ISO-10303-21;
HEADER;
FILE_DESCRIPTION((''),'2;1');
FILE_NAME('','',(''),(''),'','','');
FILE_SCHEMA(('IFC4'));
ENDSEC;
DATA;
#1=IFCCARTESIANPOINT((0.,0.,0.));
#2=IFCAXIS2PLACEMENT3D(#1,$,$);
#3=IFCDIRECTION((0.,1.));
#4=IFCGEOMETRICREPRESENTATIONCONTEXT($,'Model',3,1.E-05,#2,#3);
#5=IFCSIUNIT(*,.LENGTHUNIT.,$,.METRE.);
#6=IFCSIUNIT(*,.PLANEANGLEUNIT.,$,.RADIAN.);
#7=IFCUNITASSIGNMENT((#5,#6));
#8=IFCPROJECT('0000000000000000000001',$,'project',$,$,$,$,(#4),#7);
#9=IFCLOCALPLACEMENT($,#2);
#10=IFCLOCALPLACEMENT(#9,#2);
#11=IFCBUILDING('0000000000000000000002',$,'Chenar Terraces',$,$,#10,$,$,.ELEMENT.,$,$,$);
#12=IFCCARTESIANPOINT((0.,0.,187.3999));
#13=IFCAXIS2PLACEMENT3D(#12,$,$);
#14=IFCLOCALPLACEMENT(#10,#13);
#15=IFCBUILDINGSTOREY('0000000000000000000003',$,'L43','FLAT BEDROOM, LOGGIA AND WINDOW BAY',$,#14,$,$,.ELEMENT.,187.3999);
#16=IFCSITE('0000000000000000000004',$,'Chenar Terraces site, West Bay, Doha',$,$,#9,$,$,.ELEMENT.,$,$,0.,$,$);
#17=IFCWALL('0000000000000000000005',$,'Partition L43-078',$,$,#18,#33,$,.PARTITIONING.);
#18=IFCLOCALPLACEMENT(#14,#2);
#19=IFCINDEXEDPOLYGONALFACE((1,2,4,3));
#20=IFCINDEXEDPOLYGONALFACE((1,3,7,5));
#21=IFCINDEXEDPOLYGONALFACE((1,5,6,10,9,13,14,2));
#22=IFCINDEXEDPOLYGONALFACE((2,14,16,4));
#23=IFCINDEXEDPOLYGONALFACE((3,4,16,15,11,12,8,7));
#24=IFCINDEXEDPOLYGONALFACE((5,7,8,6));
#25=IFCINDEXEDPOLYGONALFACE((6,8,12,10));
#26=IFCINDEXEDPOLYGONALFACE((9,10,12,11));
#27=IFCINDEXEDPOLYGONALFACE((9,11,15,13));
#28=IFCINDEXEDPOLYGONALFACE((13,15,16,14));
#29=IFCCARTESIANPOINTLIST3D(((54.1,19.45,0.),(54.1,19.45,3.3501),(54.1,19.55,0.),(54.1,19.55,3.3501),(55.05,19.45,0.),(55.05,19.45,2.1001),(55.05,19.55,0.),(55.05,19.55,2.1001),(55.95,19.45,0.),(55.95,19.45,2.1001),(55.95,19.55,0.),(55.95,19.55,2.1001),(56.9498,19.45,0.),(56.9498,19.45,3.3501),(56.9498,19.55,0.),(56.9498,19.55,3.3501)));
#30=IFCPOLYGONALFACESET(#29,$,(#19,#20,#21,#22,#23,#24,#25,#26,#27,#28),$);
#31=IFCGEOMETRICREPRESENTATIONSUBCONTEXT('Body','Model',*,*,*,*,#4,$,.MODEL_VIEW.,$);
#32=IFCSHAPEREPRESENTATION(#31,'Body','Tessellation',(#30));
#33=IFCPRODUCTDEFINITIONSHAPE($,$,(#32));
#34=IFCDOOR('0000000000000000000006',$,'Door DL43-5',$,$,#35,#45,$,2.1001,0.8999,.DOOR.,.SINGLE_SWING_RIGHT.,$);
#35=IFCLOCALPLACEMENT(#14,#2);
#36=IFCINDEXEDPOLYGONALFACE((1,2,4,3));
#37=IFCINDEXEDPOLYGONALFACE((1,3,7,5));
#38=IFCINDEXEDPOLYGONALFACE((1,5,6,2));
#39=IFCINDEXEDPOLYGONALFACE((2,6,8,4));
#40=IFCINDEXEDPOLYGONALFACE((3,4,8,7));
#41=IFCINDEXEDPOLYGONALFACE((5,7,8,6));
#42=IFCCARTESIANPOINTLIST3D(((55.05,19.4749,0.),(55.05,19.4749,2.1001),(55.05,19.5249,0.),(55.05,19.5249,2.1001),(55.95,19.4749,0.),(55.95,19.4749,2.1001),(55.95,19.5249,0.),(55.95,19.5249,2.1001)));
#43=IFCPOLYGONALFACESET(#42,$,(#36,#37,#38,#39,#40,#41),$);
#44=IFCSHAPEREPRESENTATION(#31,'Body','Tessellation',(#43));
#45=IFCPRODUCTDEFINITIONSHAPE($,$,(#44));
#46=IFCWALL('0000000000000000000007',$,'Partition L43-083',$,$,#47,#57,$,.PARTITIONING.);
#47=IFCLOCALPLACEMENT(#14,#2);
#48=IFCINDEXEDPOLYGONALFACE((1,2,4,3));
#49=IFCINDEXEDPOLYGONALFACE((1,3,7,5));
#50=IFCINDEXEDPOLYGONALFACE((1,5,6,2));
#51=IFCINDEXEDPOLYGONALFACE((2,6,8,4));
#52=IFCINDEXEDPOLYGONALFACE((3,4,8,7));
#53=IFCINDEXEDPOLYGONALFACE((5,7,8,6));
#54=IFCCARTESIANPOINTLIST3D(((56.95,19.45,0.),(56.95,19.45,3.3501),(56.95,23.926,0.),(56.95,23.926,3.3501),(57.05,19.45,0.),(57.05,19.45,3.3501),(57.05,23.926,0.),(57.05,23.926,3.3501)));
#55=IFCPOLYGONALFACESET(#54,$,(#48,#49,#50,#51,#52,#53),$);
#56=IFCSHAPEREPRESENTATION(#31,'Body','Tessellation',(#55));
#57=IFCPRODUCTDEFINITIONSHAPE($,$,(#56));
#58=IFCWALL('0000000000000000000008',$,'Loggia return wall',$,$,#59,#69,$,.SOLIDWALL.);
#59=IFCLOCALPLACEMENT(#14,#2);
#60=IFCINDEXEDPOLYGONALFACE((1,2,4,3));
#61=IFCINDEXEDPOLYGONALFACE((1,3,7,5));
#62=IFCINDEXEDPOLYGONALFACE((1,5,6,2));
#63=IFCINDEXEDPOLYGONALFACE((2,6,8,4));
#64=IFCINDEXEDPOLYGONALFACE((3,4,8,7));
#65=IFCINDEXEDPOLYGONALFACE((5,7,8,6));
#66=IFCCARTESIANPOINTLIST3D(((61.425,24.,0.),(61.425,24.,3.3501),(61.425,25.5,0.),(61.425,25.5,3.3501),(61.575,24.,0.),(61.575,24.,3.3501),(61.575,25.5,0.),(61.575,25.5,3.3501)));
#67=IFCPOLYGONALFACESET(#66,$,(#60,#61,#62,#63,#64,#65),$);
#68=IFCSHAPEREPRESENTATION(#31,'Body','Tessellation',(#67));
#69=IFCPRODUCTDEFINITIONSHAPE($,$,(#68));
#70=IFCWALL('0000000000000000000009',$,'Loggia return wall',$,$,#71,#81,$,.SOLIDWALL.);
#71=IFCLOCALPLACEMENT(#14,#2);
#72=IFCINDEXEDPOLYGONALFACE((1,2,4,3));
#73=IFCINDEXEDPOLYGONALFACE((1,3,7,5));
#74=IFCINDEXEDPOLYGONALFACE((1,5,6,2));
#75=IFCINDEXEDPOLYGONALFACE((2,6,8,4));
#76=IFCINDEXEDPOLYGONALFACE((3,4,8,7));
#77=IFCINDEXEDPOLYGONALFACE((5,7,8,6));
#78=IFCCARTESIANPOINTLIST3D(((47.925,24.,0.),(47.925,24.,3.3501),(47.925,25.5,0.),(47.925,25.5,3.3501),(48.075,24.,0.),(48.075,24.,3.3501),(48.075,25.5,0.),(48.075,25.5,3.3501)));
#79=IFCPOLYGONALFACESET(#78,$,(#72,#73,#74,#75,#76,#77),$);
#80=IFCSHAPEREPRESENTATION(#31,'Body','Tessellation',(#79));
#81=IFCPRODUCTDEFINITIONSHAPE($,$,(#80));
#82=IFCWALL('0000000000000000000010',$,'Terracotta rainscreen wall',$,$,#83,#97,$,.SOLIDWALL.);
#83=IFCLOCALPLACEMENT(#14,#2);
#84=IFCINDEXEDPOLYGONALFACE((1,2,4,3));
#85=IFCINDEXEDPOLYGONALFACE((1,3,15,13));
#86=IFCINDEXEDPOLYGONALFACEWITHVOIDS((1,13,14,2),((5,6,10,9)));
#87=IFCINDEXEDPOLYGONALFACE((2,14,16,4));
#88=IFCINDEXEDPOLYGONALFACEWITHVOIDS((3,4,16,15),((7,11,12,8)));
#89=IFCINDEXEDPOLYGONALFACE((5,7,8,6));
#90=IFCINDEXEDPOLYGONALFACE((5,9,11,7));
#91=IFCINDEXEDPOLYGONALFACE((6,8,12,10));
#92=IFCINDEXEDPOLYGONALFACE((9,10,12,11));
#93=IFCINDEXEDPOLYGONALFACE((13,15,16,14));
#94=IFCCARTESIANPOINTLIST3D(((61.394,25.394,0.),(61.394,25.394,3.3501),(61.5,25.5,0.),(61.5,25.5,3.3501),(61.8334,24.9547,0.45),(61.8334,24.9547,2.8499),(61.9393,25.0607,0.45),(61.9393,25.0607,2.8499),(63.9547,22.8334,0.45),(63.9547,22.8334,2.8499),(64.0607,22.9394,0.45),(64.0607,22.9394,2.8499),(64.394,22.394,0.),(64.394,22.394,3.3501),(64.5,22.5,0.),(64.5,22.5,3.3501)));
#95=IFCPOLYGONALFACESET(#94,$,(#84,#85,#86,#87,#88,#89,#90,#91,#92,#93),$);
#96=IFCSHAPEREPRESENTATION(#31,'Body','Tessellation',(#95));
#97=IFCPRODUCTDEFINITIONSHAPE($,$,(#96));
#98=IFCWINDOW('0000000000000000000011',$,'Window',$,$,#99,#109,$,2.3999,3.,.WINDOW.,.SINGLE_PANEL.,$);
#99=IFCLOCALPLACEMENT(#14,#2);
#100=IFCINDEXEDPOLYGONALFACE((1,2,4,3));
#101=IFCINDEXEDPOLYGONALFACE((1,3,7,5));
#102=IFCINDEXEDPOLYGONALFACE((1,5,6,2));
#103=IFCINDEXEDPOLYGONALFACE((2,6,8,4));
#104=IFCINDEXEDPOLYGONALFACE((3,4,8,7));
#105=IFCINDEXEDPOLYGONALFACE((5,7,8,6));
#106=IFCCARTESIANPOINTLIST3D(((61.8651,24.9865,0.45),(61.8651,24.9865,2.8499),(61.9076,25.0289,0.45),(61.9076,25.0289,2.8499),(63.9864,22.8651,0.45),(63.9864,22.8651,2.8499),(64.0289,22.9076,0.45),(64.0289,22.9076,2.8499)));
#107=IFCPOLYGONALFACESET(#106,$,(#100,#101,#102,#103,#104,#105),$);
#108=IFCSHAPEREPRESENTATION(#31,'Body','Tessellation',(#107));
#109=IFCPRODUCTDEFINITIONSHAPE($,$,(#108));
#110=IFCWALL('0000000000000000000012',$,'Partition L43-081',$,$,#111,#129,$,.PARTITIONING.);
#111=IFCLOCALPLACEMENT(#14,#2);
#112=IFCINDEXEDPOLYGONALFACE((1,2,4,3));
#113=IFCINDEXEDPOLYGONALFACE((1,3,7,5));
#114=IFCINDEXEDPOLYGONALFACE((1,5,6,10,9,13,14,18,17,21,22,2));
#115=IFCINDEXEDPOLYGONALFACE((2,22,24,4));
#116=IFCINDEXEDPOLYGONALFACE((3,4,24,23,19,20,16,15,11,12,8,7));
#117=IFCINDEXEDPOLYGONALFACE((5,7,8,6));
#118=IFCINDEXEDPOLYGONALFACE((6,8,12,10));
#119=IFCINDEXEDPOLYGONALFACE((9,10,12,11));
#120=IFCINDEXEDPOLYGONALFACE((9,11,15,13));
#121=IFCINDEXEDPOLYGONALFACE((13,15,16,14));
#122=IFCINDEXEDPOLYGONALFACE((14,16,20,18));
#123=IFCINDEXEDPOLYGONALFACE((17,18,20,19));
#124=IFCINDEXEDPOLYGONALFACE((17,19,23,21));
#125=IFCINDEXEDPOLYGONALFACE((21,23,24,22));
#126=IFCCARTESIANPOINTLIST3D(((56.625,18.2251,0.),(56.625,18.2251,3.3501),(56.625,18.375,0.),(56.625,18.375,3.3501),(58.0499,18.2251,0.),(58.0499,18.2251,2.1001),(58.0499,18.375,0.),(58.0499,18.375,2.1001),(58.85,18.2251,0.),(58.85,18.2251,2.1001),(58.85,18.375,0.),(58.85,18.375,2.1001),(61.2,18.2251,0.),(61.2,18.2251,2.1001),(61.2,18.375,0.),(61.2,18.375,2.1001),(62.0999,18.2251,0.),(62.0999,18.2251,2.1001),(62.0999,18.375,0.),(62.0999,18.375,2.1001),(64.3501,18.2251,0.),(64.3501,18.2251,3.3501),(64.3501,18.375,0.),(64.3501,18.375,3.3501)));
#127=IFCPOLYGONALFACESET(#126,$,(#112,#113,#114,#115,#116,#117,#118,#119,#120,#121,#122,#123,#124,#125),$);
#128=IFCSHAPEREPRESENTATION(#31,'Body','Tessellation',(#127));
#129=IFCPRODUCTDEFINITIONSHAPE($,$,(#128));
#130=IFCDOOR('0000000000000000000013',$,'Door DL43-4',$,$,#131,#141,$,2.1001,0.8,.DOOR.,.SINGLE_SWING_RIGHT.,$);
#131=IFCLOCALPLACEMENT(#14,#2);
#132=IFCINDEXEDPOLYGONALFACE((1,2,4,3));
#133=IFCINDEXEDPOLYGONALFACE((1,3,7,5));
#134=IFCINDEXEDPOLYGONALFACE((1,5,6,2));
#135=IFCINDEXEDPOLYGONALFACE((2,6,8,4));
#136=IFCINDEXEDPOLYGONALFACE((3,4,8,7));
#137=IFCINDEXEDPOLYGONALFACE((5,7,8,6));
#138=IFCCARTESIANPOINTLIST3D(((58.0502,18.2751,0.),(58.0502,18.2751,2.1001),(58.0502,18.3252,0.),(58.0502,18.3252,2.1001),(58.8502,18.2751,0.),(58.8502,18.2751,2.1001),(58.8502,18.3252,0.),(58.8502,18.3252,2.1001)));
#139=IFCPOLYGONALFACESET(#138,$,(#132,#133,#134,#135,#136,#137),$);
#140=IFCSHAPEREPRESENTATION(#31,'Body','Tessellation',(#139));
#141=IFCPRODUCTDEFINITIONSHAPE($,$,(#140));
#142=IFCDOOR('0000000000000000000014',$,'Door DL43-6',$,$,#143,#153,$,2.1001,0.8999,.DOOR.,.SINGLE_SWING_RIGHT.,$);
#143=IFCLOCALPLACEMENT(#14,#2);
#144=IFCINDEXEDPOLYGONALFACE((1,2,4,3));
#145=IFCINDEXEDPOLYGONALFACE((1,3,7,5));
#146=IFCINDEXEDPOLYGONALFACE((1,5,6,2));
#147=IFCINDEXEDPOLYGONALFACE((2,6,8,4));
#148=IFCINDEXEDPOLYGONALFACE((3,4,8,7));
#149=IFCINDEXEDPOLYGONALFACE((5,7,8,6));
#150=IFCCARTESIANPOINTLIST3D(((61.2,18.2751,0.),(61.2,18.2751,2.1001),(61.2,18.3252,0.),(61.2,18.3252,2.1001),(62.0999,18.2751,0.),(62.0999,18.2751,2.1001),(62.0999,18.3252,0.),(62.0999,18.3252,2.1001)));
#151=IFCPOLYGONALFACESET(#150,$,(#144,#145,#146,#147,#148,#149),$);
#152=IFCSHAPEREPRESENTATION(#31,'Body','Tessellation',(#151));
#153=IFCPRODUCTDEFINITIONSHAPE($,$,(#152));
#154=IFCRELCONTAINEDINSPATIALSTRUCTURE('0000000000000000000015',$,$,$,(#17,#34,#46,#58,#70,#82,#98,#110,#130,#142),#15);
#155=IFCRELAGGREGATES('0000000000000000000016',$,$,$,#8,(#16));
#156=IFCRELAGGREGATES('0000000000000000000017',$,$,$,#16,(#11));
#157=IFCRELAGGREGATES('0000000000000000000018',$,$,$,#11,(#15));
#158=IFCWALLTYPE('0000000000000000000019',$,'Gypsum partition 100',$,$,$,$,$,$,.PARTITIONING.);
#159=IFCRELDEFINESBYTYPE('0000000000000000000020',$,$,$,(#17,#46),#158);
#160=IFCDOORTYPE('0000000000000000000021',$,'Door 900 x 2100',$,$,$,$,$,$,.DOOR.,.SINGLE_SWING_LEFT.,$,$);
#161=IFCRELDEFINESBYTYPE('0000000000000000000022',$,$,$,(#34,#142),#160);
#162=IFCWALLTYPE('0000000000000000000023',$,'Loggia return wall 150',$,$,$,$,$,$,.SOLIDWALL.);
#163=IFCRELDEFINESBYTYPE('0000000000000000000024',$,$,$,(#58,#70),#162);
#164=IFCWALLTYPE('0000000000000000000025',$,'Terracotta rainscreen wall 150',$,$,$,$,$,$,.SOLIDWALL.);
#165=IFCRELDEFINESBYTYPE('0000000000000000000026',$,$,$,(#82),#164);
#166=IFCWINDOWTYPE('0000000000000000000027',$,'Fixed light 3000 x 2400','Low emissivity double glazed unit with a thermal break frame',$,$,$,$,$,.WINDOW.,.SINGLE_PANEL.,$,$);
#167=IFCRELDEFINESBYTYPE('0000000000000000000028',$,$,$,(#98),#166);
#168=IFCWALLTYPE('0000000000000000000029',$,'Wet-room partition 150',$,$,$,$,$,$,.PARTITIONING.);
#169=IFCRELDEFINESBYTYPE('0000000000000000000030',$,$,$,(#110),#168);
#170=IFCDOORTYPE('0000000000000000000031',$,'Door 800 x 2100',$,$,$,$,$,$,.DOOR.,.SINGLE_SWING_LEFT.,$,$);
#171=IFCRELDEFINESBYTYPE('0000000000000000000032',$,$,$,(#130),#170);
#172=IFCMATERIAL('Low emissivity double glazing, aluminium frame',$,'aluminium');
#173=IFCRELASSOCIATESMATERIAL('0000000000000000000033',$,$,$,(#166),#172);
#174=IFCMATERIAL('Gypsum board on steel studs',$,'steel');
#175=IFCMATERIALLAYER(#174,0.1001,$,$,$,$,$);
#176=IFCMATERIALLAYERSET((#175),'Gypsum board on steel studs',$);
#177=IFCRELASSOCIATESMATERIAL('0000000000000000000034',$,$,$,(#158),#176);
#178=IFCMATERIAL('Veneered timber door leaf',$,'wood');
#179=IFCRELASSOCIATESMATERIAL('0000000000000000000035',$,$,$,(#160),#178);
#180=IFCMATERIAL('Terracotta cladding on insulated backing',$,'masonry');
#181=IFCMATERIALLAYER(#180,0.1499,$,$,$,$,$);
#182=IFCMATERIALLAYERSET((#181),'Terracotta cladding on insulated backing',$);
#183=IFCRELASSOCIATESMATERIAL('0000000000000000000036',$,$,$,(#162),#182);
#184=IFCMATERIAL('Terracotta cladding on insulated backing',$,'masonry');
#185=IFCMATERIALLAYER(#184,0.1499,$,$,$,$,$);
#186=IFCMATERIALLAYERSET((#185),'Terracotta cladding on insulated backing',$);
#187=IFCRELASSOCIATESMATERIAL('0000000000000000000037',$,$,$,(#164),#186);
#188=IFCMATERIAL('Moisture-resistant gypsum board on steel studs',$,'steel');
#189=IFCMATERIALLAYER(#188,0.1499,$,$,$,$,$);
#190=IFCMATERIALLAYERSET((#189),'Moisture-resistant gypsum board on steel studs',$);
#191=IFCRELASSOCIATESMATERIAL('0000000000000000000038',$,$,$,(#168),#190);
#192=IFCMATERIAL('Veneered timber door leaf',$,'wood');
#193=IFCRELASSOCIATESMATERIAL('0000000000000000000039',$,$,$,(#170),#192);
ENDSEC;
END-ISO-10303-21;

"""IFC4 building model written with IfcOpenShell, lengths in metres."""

from ifc_helpers import new_model, si_unit, direction, frame, frame_2d, origin, place, context, subcontext, project, spatial, rectangle, extrude, material, layer, layer_set, type_object, element, fill, save


model = new_model("IFC4")

# Units and contexts
model_context = context("Model", 3, precision=1e-05, world=origin(), true_north=direction((0.0, 1.0)))
body_context = subcontext(model_context, "Body", "Model", "MODEL_VIEW")
ifc_project = project(units=[si_unit("LENGTHUNIT", "METRE"), si_unit("PLANEANGLEUNIT", "RADIAN")], contexts=[model_context])

# Site, building, storey
site_placement = place(None, origin())
site = spatial("IfcSite", under=ifc_project, at=site_placement, Name="Chenar Terraces site, West Bay, Doha", CompositionType="ELEMENT", RefElevation=0.0)
building_placement = place(site_placement, origin())
building = spatial("IfcBuilding", under=site, at=building_placement, Name="Chenar Terraces", CompositionType="ELEMENT")
storey_placement = place(building_placement, frame((0.0, 0.0, 187.3999)))
storey = spatial("IfcBuildingStorey", under=building, at=storey_placement, Name="L43", Description="FLAT BEDROOM, LOGGIA AND WINDOW BAY", CompositionType="ELEMENT", Elevation=187.3999)

# Shared definitions
ifc_material_1 = material(Name="Low emissivity double glazing, aluminium frame", Category="aluminium")
window_type_1 = type_object("IfcWindowType", Name="Fixed light 3000 x 2400", Description="Low emissivity double glazed unit with a thermal break frame", PartitioningType="SINGLE_PANEL", PredefinedType="WINDOW", material=ifc_material_1)

# Wall, opening, door
ifc_material_2 = material(Name="Gypsum board on steel studs", Category="steel")
ifc_layer_1 = layer(ifc_material_2, 0.1001)
ifc_layer_set_1 = layer_set([ifc_layer_1], Name="Gypsum board on steel studs")
wall_type_1 = type_object("IfcWallType", Name="Gypsum partition 100", PredefinedType="PARTITIONING", material=ifc_layer_set_1)
wall_1_placement = place(storey_placement, frame((54.1001, 19.5, 0.0), z_axis=(0.0, 0.0, 1.0), x_axis=(1.0, 0.0, 0.0)))
wall_1 = element("IfcWall", 1, at=wall_1_placement, inside=storey, type_object=wall_type_1, Name="Partition L43-078", PredefinedType="PARTITIONING", context=body_context, shape_type="SweptSolid", body=[
    extrude(rectangle(XDim=2.8499, YDim=0.1001, at=frame_2d((1.4248, 0.0))), origin(), (0.0, 0.0, 1.0), 3.3501),
])
opening_1_placement = place(wall_1_placement, frame((0.95, 0.0, 0.0)))
opening_1 = element("IfcOpeningElement", 2, at=opening_1_placement, cuts=wall_1, PredefinedType="OPENING", context=body_context, shape_type="SweptSolid", body=[
    extrude(rectangle(XDim=0.8999, YDim=2.1001, at=frame_2d((0.45, 1.05))), frame((0.0, 0.0601, 0.0), z_axis=(0.0, -1.0, 0.0), x_axis=(1.0, 0.0, 0.0)), (0.0, 0.0, 1.0), 0.1201),
])
ifc_material_3 = material(Name="Veneered timber door leaf", Category="wood")
door_type_1 = type_object("IfcDoorType", Name="Door 900 x 2100", OperationType="SINGLE_SWING_LEFT", PredefinedType="DOOR", material=ifc_material_3)
door_1_placement = place(opening_1_placement, origin())
door_1 = element("IfcDoor", 3, at=door_1_placement, inside=storey, type_object=door_type_1, Name="Door DL43-5", OperationType="SINGLE_SWING_RIGHT", OverallHeight=2.1001, OverallWidth=0.8999, PredefinedType="DOOR", context=body_context, shape_type="SweptSolid", body=[
    extrude(rectangle(XDim=0.8999, YDim=2.1001, at=frame_2d((0.45, 1.05))), frame((0.0, 0.0249, 0.0), z_axis=(0.0, -1.0, 0.0), x_axis=(1.0, 0.0, 0.0)), (0.0, 0.0, 1.0), 0.05),
])
fill(opening_1, door_1)

# Walls
wall_2_placement = place(storey_placement, frame((57.0, 19.45, 0.0), z_axis=(0.0, 0.0, 1.0), x_axis=(0.0, 1.0, 0.0)))
element("IfcWall", 4, at=wall_2_placement, inside=storey, type_object=wall_type_1, Name="Partition L43-083", PredefinedType="PARTITIONING", context=body_context, shape_type="SweptSolid", body=[
    extrude(rectangle(XDim=4.4761, YDim=0.1001, at=frame_2d((2.238, 0.0))), origin(), (0.0, 0.0, 1.0), 3.3501),
])
ifc_material_4 = material(Name="Terracotta cladding on insulated backing", Category="masonry")
ifc_layer_2 = layer(ifc_material_4, 0.1499)
ifc_layer_set_2 = layer_set([ifc_layer_2], Name="Terracotta cladding on insulated backing")
wall_type_2 = type_object("IfcWallType", Name="Loggia return wall 150", PredefinedType="SOLIDWALL", material=ifc_layer_set_2)
for number, where, z_axis, x_axis, name in (
    (5, (61.5, 25.5, 0.0), (0.0, 0.0, 1.0), (0.0, -1.0, 0.0), "Loggia return wall"),
    (6, (48.0, 25.5, 0.0), (0.0, 0.0, 1.0), (0.0, -1.0, 0.0), "Loggia return wall"),
):
    element("IfcWall", number, at=place(storey_placement, frame(where, z_axis=z_axis, x_axis=x_axis)), inside=storey, type_object=wall_type_2, Name=name, PredefinedType="SOLIDWALL", context=body_context, shape_type="SweptSolid", body=[
        extrude(rectangle(XDim=1.5, YDim=0.1499, at=frame_2d((0.75, 0.0))), origin(), (0.0, 0.0, 1.0), 3.3501),
    ])

# Wall, opening, window
ifc_material_5 = material(Name="Terracotta cladding on insulated backing", Category="masonry")
ifc_layer_3 = layer(ifc_material_5, 0.1499)
ifc_layer_set_3 = layer_set([ifc_layer_3], Name="Terracotta cladding on insulated backing")
wall_type_3 = type_object("IfcWallType", Name="Terracotta rainscreen wall 150", PredefinedType="SOLIDWALL", material=ifc_layer_set_3)
wall_3_placement = place(storey_placement, frame((64.447, 22.447, 0.0), z_axis=(0.0, 0.0, 1.0), x_axis=(-0.707107, 0.707107, 0.0)))
wall_3 = element("IfcWall", 7, at=wall_3_placement, inside=storey, type_object=wall_type_3, Name="Terracotta rainscreen wall", PredefinedType="SOLIDWALL", context=body_context, shape_type="SweptSolid", body=[
    extrude(rectangle(XDim=4.2427, YDim=0.1499, at=frame_2d((2.1213, 0.0))), origin(), (0.0, 0.0, 1.0), 3.3501),
])
opening_2_placement = place(wall_3_placement, frame((0.6213, 0.0, 0.45)))
opening_2 = element("IfcOpeningElement", 8, at=opening_2_placement, cuts=wall_3, PredefinedType="OPENING", context=body_context, shape_type="SweptSolid", body=[
    extrude(rectangle(XDim=3.0, YDim=2.3999, at=frame_2d((1.5, 1.2))), frame((0.0, 0.085, 0.0), z_axis=(0.0, -1.0, 0.0), x_axis=(1.0, 0.0, 0.0)), (0.0, 0.0, 1.0), 0.1699),
])
window_1_placement = place(opening_2_placement, origin())
window_1 = element("IfcWindow", 9, at=window_1_placement, inside=storey, type_object=window_type_1, Name="Window", OverallHeight=2.3999, OverallWidth=3.0, PartitioningType="SINGLE_PANEL", PredefinedType="WINDOW", context=body_context, shape_type="SweptSolid", body=[
    extrude(rectangle(XDim=3.0, YDim=2.3999, at=frame_2d((1.5, 1.2))), frame((0.0, 0.03, 0.0), z_axis=(0.0, -1.0, 0.0), x_axis=(1.0, 0.0, 0.0)), (0.0, 0.0, 1.0), 0.0601),
])
fill(opening_2, window_1)

# Wall, openings, doors
ifc_material_6 = material(Name="Moisture-resistant gypsum board on steel studs", Category="steel")
ifc_layer_4 = layer(ifc_material_6, 0.1499)
ifc_layer_set_4 = layer_set([ifc_layer_4], Name="Moisture-resistant gypsum board on steel studs")
wall_type_4 = type_object("IfcWallType", Name="Wet-room partition 150", PredefinedType="PARTITIONING", material=ifc_layer_set_4)
wall_4_placement = place(storey_placement, frame((56.625, 18.3, 0.0), z_axis=(0.0, 0.0, 1.0), x_axis=(1.0, 0.0, 0.0)))
wall_4 = element("IfcWall", 10, at=wall_4_placement, inside=storey, type_object=wall_type_4, Name="Partition L43-081", PredefinedType="PARTITIONING", context=body_context, shape_type="SweptSolid", body=[
    extrude(rectangle(XDim=7.7251, YDim=0.1499, at=frame_2d((3.8625, 0.0))), origin(), (0.0, 0.0, 1.0), 3.3501),
])
opening_3_placement = place(wall_4_placement, frame((1.425, 0.0, 0.0)))
opening_3 = element("IfcOpeningElement", 11, at=opening_3_placement, cuts=wall_4, PredefinedType="OPENING", context=body_context, shape_type="SweptSolid", body=[
    extrude(rectangle(XDim=0.8, YDim=2.1001, at=frame_2d((0.3999, 1.05))), frame((0.0, 0.085, 0.0), z_axis=(0.0, -1.0, 0.0), x_axis=(1.0, 0.0, 0.0)), (0.0, 0.0, 1.0), 0.1699),
])
opening_4_placement = place(wall_4_placement, frame((4.575, 0.0, 0.0)))
opening_4 = element("IfcOpeningElement", 12, at=opening_4_placement, cuts=wall_4, PredefinedType="OPENING", context=body_context, shape_type="SweptSolid", body=[
    extrude(rectangle(XDim=0.8999, YDim=2.1001, at=frame_2d((0.45, 1.05))), frame((0.0, 0.085, 0.0), z_axis=(0.0, -1.0, 0.0), x_axis=(1.0, 0.0, 0.0)), (0.0, 0.0, 1.0), 0.1699),
])
ifc_material_7 = material(Name="Veneered timber door leaf", Category="wood")
door_type_2 = type_object("IfcDoorType", Name="Door 800 x 2100", OperationType="SINGLE_SWING_LEFT", PredefinedType="DOOR", material=ifc_material_7)
door_2_placement = place(opening_3_placement, frame((0.8, 0.0, 0.0), z_axis=(0.0, 0.0, 1.0), x_axis=(-1.0, 0.0, 0.0)))
door_2 = element("IfcDoor", 13, at=door_2_placement, inside=storey, type_object=door_type_2, Name="Door DL43-4", OperationType="SINGLE_SWING_RIGHT", OverallHeight=2.1001, OverallWidth=0.8, PredefinedType="DOOR", context=body_context, shape_type="SweptSolid", body=[
    extrude(rectangle(XDim=0.8, YDim=2.1001, at=frame_2d((0.3999, 1.05))), frame((0.0, 0.0249, 0.0), z_axis=(0.0, -1.0, 0.0), x_axis=(1.0, 0.0, 0.0)), (0.0, 0.0, 1.0), 0.05),
])
fill(opening_3, door_2)
door_3_placement = place(opening_4_placement, frame((0.8999, 0.0, 0.0), z_axis=(0.0, 0.0, 1.0), x_axis=(-1.0, 0.0, 0.0)))
door_3 = element("IfcDoor", 14, at=door_3_placement, inside=storey, type_object=door_type_1, Name="Door DL43-6", OperationType="SINGLE_SWING_RIGHT", OverallHeight=2.1001, OverallWidth=0.8999, PredefinedType="DOOR", context=body_context, shape_type="SweptSolid", body=[
    extrude(rectangle(XDim=0.8999, YDim=2.1001, at=frame_2d((0.45, 1.05))), frame((0.0, 0.0249, 0.0), z_axis=(0.0, -1.0, 0.0), x_axis=(1.0, 0.0, 0.0)), (0.0, 0.0, 1.0), 0.05),
])
fill(opening_4, door_3)

save(model, "model.ifc")
